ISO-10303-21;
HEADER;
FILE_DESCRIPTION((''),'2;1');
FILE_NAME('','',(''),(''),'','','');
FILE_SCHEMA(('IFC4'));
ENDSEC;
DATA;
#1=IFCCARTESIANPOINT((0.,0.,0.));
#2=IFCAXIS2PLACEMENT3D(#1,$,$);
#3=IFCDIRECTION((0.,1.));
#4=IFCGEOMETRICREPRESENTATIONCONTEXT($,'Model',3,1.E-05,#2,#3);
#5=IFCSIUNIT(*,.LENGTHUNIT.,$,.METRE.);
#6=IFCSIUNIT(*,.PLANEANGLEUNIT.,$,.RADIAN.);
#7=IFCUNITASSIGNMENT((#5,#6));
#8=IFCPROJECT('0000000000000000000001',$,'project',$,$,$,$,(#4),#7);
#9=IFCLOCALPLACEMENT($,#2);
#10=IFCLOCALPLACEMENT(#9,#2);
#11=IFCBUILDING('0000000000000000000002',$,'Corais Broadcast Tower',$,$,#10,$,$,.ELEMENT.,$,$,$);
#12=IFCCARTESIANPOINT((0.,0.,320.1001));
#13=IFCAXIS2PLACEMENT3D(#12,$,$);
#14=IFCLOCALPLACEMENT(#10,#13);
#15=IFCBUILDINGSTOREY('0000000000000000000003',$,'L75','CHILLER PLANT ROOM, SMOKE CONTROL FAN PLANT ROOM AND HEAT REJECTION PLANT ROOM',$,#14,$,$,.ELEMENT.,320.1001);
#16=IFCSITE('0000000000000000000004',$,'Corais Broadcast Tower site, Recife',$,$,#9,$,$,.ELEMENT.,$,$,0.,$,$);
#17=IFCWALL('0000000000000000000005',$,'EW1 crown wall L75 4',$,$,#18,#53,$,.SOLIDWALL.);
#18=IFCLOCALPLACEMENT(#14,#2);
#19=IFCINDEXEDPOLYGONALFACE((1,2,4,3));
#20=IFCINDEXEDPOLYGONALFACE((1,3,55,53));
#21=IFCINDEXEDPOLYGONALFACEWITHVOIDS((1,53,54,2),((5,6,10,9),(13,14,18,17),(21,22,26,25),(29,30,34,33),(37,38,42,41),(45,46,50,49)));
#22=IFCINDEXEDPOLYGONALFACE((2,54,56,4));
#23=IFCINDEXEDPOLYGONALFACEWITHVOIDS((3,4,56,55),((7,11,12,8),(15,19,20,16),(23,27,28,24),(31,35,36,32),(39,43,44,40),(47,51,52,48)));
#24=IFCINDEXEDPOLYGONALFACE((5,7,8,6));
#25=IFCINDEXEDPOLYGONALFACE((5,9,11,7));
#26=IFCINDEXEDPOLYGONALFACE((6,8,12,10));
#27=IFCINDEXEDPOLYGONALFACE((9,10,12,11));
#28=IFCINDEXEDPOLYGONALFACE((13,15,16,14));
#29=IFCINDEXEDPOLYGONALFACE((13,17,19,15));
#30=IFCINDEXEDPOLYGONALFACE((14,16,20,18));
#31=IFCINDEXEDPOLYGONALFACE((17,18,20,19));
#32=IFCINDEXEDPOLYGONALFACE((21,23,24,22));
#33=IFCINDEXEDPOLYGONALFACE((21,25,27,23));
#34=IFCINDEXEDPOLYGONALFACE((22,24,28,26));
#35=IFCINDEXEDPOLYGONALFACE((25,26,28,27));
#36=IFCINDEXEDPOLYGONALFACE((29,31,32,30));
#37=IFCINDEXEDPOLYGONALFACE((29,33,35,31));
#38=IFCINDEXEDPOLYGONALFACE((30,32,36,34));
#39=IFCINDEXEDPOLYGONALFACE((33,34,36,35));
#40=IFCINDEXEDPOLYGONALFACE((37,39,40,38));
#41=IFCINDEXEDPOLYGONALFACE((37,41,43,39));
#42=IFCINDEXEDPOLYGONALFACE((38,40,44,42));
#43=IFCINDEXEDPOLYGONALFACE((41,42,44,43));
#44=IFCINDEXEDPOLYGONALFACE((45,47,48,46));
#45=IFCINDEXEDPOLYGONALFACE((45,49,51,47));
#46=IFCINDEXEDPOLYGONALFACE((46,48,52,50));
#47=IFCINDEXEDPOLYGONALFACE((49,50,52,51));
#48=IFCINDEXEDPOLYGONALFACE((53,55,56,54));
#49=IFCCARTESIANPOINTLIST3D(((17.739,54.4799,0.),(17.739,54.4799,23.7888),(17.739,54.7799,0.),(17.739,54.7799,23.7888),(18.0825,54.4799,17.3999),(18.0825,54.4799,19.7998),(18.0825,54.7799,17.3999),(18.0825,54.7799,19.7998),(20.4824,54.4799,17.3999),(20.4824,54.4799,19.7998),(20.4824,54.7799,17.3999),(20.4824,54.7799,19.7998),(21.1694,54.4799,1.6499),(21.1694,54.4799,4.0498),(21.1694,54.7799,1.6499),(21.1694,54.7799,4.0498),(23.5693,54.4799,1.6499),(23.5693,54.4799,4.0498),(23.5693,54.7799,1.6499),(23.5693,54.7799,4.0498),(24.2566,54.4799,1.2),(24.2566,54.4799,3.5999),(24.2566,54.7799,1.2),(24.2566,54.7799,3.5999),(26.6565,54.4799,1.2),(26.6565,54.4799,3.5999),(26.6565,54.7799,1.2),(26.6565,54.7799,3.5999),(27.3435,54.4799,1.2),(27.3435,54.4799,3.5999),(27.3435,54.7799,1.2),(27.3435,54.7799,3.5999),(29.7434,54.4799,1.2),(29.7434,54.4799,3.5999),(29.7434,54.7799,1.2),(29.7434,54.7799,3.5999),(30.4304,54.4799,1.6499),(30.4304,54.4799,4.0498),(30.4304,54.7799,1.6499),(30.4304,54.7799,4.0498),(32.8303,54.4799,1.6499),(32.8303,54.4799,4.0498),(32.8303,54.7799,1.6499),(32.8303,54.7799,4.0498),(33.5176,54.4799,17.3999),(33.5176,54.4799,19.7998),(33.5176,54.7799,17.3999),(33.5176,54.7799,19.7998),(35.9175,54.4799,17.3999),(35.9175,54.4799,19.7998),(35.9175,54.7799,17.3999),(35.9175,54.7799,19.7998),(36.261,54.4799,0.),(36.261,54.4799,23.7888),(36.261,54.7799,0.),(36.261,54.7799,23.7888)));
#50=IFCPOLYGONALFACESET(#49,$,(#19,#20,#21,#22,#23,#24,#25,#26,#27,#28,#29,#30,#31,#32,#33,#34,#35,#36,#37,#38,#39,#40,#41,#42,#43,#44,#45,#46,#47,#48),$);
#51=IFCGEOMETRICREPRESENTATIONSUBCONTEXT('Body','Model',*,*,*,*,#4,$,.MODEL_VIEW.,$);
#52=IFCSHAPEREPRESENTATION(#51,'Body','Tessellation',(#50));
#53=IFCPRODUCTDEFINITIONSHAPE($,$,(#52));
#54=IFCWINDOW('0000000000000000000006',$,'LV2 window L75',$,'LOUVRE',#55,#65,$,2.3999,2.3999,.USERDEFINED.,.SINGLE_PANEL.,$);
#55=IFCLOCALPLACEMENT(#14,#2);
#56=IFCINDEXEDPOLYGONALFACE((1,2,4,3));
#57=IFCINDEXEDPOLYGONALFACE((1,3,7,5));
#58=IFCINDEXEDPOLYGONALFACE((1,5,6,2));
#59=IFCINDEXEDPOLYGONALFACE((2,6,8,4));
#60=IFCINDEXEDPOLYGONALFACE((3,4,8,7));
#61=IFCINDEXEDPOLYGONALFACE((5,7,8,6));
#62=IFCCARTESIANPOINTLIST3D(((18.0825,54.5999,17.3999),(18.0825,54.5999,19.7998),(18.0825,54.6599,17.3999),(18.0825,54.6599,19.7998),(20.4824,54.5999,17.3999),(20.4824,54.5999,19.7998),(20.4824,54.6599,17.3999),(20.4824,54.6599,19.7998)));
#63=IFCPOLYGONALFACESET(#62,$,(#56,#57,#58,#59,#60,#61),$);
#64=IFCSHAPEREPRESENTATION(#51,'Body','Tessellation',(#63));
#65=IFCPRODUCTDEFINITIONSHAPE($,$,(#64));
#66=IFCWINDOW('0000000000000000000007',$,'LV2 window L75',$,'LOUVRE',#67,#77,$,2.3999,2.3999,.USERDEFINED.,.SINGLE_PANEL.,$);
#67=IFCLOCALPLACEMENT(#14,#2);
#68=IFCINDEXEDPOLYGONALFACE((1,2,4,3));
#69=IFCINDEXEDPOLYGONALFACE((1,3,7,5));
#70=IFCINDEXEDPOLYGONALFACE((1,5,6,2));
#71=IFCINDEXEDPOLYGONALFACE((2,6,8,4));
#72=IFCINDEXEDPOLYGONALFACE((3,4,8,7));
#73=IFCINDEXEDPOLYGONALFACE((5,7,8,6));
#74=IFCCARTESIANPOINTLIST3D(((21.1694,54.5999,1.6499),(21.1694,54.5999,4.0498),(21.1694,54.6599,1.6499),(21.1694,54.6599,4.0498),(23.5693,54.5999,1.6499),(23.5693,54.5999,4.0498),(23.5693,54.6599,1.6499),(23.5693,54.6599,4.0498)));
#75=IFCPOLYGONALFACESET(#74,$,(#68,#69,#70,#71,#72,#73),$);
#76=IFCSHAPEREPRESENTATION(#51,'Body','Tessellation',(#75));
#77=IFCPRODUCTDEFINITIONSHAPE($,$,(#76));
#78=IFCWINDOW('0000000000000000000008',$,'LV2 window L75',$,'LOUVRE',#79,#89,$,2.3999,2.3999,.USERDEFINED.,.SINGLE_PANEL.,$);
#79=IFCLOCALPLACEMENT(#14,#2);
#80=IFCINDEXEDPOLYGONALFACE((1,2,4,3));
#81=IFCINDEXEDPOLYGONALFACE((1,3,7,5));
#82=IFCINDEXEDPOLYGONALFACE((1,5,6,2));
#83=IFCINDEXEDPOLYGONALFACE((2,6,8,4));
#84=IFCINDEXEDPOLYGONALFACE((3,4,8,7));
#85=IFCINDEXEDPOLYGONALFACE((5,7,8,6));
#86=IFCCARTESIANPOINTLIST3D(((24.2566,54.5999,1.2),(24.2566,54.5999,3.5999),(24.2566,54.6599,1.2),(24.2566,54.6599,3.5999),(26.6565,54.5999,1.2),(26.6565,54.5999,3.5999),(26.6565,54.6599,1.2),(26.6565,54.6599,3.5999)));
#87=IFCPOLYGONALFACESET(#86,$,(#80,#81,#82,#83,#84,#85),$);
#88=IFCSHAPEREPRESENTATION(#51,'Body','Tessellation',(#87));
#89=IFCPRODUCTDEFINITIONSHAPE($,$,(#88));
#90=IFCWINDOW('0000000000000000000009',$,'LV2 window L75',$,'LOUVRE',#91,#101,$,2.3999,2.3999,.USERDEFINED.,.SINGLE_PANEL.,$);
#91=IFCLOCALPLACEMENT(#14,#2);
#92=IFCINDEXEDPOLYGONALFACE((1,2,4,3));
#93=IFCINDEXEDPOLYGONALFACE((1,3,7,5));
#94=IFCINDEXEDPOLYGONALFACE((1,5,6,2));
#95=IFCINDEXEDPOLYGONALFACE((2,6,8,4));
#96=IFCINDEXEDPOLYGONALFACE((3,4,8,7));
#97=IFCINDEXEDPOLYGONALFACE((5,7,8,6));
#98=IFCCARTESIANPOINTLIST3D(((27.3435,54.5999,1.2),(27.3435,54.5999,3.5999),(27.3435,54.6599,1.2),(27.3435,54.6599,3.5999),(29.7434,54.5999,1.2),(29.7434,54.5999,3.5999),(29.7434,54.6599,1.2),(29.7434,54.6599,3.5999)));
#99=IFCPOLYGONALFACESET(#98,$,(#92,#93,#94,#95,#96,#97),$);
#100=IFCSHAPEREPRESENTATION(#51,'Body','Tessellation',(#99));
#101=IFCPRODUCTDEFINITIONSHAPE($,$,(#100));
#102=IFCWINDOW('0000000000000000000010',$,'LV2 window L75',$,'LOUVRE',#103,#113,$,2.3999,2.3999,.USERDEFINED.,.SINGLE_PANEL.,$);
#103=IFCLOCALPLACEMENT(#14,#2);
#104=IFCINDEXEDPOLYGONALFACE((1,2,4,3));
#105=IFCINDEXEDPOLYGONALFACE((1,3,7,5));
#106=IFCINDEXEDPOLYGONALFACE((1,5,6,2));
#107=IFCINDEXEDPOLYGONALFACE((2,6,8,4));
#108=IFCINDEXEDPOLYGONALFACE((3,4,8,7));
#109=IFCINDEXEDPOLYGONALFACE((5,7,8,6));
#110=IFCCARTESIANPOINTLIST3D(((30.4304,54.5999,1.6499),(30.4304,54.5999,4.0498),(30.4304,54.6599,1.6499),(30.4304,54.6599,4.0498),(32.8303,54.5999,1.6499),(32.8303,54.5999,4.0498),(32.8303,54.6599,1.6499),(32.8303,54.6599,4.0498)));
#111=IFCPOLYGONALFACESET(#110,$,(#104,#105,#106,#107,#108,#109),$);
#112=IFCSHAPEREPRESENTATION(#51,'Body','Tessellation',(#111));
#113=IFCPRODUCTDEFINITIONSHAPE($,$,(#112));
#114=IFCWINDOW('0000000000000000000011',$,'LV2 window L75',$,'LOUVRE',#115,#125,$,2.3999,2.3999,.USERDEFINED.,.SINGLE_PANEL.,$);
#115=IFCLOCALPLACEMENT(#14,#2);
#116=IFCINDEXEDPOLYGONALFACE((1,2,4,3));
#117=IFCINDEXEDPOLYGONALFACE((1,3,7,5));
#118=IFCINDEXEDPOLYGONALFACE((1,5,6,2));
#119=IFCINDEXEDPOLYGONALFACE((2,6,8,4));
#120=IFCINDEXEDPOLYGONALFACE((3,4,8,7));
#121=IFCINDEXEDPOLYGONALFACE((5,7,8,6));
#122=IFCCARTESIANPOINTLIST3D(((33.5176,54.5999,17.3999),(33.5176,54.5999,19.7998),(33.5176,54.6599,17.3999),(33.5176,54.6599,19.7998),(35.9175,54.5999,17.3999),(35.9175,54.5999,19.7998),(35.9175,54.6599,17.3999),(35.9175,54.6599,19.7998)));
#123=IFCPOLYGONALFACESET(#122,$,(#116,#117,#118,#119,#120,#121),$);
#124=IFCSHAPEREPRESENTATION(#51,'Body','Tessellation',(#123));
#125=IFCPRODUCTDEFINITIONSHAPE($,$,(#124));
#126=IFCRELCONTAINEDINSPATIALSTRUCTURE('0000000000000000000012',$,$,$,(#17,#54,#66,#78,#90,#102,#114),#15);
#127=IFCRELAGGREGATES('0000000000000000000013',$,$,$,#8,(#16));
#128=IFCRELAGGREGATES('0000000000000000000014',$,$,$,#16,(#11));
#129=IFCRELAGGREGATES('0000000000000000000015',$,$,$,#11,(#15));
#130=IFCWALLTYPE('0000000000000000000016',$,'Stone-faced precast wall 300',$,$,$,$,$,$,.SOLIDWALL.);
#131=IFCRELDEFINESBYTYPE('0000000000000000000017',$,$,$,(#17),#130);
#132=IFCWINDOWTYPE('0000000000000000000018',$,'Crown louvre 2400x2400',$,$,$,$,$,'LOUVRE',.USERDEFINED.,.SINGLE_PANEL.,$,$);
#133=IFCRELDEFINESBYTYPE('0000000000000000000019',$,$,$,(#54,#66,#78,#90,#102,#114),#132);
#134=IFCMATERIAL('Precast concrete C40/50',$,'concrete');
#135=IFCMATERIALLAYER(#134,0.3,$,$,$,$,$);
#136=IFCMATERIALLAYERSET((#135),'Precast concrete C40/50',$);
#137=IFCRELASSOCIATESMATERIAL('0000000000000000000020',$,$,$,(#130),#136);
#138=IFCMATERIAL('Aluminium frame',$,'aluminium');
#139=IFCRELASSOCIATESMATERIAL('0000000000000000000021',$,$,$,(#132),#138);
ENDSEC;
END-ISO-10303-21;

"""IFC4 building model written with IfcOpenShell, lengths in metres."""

from ifc_helpers import new_model, si_unit, direction, frame, frame_2d, origin, place, context, subcontext, project, spatial, rectangle, extrude, material, layer, layer_set, type_object, element, fill, save


model = new_model("IFC4")

# Units and contexts
model_context = context("Model", 3, precision=1e-05, world=origin(), true_north=direction((0.0, 1.0)))
body_context = subcontext(model_context, "Body", "Model", "MODEL_VIEW")
ifc_project = project(units=[si_unit("LENGTHUNIT", "METRE"), si_unit("PLANEANGLEUNIT", "RADIAN")], contexts=[model_context])

# Site, building, storey
site_placement = place(None, origin())
site = spatial("IfcSite", under=ifc_project, at=site_placement, Name="Corais Broadcast Tower site, Recife", CompositionType="ELEMENT", RefElevation=0.0)
building_placement = place(site_placement, origin())
building = spatial("IfcBuilding", under=site, at=building_placement, Name="Corais Broadcast Tower", CompositionType="ELEMENT")
storey_placement = place(building_placement, frame((0.0, 0.0, 320.1001)))
storey = spatial("IfcBuildingStorey", under=building, at=storey_placement, Name="L75", Description="CHILLER PLANT ROOM, SMOKE CONTROL FAN PLANT ROOM AND HEAT REJECTION PLANT ROOM", CompositionType="ELEMENT", Elevation=320.1001)

# Wall, openings, windows
ifc_material_1 = material(Name="Precast concrete C40/50", Category="concrete")
ifc_layer_1 = layer(ifc_material_1, 0.3)
ifc_layer_set_1 = layer_set([ifc_layer_1], Name="Precast concrete C40/50")
wall_type_1 = type_object("IfcWallType", Name="Stone-faced precast wall 300", PredefinedType="SOLIDWALL", material=ifc_layer_set_1)
wall_1_placement = place(storey_placement, frame((17.739, 54.6299, 0.0), z_axis=(0.0, 0.0, 1.0), x_axis=(1.0, 0.0, 0.0)))
wall_1 = element("IfcWall", 1, at=wall_1_placement, inside=storey, type_object=wall_type_1, Name="EW1 crown wall L75 4", PredefinedType="SOLIDWALL", context=body_context, shape_type="SweptSolid", body=[
    extrude(rectangle(XDim=18.522, YDim=0.3, at=frame_2d((9.261, 0.0))), origin(), (0.0, 0.0, 1.0), 23.7888),
])
opening_1_placement = place(wall_1_placement, frame((0.3435, 0.0, 17.3999)))
opening_1 = element("IfcOpeningElement", 2, at=opening_1_placement, cuts=wall_1, PredefinedType="OPENING", context=body_context, shape_type="SweptSolid", body=[
    extrude(rectangle(XDim=2.3999, YDim=2.3999, at=frame_2d((1.2, 1.2))), frame((0.0, 0.1599, 0.0), z_axis=(0.0, -1.0, 0.0), x_axis=(1.0, 0.0, 0.0)), (0.0, 0.0, 1.0), 0.3201),
])
opening_2_placement = place(wall_1_placement, frame((3.4304, 0.0, 1.6499)))
opening_2 = element("IfcOpeningElement", 3, at=opening_2_placement, cuts=wall_1, PredefinedType="OPENING", context=body_context, shape_type="SweptSolid", body=[
    extrude(rectangle(XDim=2.3999, YDim=2.3999, at=frame_2d((1.2, 1.2))), frame((0.0, 0.1599, 0.0), z_axis=(0.0, -1.0, 0.0), x_axis=(1.0, 0.0, 0.0)), (0.0, 0.0, 1.0), 0.3201),
])
opening_3_placement = place(wall_1_placement, frame((6.5176, 0.0, 1.2)))
opening_3 = element("IfcOpeningElement", 4, at=opening_3_placement, cuts=wall_1, PredefinedType="OPENING", context=body_context, shape_type="SweptSolid", body=[
    extrude(rectangle(XDim=2.3999, YDim=2.3999, at=frame_2d((1.2, 1.2))), frame((0.0, 0.1599, 0.0), z_axis=(0.0, -1.0, 0.0), x_axis=(1.0, 0.0, 0.0)), (0.0, 0.0, 1.0), 0.3201),
])
opening_4_placement = place(wall_1_placement, frame((9.6045, 0.0, 1.2)))
opening_4 = element("IfcOpeningElement", 5, at=opening_4_placement, cuts=wall_1, PredefinedType="OPENING", context=body_context, shape_type="SweptSolid", body=[
    extrude(rectangle(XDim=2.3999, YDim=2.3999, at=frame_2d((1.2, 1.2))), frame((0.0, 0.1599, 0.0), z_axis=(0.0, -1.0, 0.0), x_axis=(1.0, 0.0, 0.0)), (0.0, 0.0, 1.0), 0.3201),
])
opening_5_placement = place(wall_1_placement, frame((12.6914, 0.0, 1.6499)))
opening_5 = element("IfcOpeningElement", 6, at=opening_5_placement, cuts=wall_1, PredefinedType="OPENING", context=body_context, shape_type="SweptSolid", body=[
    extrude(rectangle(XDim=2.3999, YDim=2.3999, at=frame_2d((1.2, 1.2))), frame((0.0, 0.1599, 0.0), z_axis=(0.0, -1.0, 0.0), x_axis=(1.0, 0.0, 0.0)), (0.0, 0.0, 1.0), 0.3201),
])
opening_6_placement = place(wall_1_placement, frame((15.7786, 0.0, 17.3999)))
opening_6 = element("IfcOpeningElement", 7, at=opening_6_placement, cuts=wall_1, PredefinedType="OPENING", context=body_context, shape_type="SweptSolid", body=[
    extrude(rectangle(XDim=2.3999, YDim=2.3999, at=frame_2d((1.2, 1.2))), frame((0.0, 0.1599, 0.0), z_axis=(0.0, -1.0, 0.0), x_axis=(1.0, 0.0, 0.0)), (0.0, 0.0, 1.0), 0.3201),
])
ifc_material_2 = material(Name="Aluminium frame", Category="aluminium")
window_type = type_object("IfcWindowType", Name="Crown louvre 2400x2400", ElementType="LOUVRE", PartitioningType="SINGLE_PANEL", PredefinedType="USERDEFINED", material=ifc_material_2)
window_1_placement = place(opening_1_placement, origin())
window_1 = element("IfcWindow", 8, at=window_1_placement, inside=storey, type_object=window_type, Name="LV2 window L75", ObjectType="LOUVRE", OverallHeight=2.3999, OverallWidth=2.3999, PartitioningType="SINGLE_PANEL", PredefinedType="USERDEFINED", context=body_context, shape_type="SweptSolid", body=[
    extrude(rectangle(XDim=2.3999, YDim=2.3999, at=frame_2d((1.2, 1.2))), frame((0.0, 0.03, 0.0), z_axis=(0.0, -1.0, 0.0), x_axis=(1.0, 0.0, 0.0)), (0.0, 0.0, 1.0), 0.0601),
])
fill(opening_1, window_1)
window_2_placement = place(opening_2_placement, origin())
window_2 = element("IfcWindow", 9, at=window_2_placement, inside=storey, type_object=window_type, Name="LV2 window L75", ObjectType="LOUVRE", OverallHeight=2.3999, OverallWidth=2.3999, PartitioningType="SINGLE_PANEL", PredefinedType="USERDEFINED", context=body_context, shape_type="SweptSolid", body=[
    extrude(rectangle(XDim=2.3999, YDim=2.3999, at=frame_2d((1.2, 1.2))), frame((0.0, 0.03, 0.0), z_axis=(0.0, -1.0, 0.0), x_axis=(1.0, 0.0, 0.0)), (0.0, 0.0, 1.0), 0.0601),
])
fill(opening_2, window_2)
window_3_placement = place(opening_3_placement, origin())
window_3 = element("IfcWindow", 10, at=window_3_placement, inside=storey, type_object=window_type, Name="LV2 window L75", ObjectType="LOUVRE", OverallHeight=2.3999, OverallWidth=2.3999, PartitioningType="SINGLE_PANEL", PredefinedType="USERDEFINED", context=body_context, shape_type="SweptSolid", body=[
    extrude(rectangle(XDim=2.3999, YDim=2.3999, at=frame_2d((1.2, 1.2))), frame((0.0, 0.03, 0.0), z_axis=(0.0, -1.0, 0.0), x_axis=(1.0, 0.0, 0.0)), (0.0, 0.0, 1.0), 0.0601),
])
fill(opening_3, window_3)
window_4_placement = place(opening_4_placement, origin())
window_4 = element("IfcWindow", 11, at=window_4_placement, inside=storey, type_object=window_type, Name="LV2 window L75", ObjectType="LOUVRE", OverallHeight=2.3999, OverallWidth=2.3999, PartitioningType="SINGLE_PANEL", PredefinedType="USERDEFINED", context=body_context, shape_type="SweptSolid", body=[
    extrude(rectangle(XDim=2.3999, YDim=2.3999, at=frame_2d((1.2, 1.2))), frame((0.0, 0.03, 0.0), z_axis=(0.0, -1.0, 0.0), x_axis=(1.0, 0.0, 0.0)), (0.0, 0.0, 1.0), 0.0601),
])
fill(opening_4, window_4)
window_5_placement = place(opening_5_placement, origin())
window_5 = element("IfcWindow", 12, at=window_5_placement, inside=storey, type_object=window_type, Name="LV2 window L75", ObjectType="LOUVRE", OverallHeight=2.3999, OverallWidth=2.3999, PartitioningType="SINGLE_PANEL", PredefinedType="USERDEFINED", context=body_context, shape_type="SweptSolid", body=[
    extrude(rectangle(XDim=2.3999, YDim=2.3999, at=frame_2d((1.2, 1.2))), frame((0.0, 0.03, 0.0), z_axis=(0.0, -1.0, 0.0), x_axis=(1.0, 0.0, 0.0)), (0.0, 0.0, 1.0), 0.0601),
])
fill(opening_5, window_5)
window_6_placement = place(opening_6_placement, origin())
window_6 = element("IfcWindow", 13, at=window_6_placement, inside=storey, type_object=window_type, Name="LV2 window L75", ObjectType="LOUVRE", OverallHeight=2.3999, OverallWidth=2.3999, PartitioningType="SINGLE_PANEL", PredefinedType="USERDEFINED", context=body_context, shape_type="SweptSolid", body=[
    extrude(rectangle(XDim=2.3999, YDim=2.3999, at=frame_2d((1.2, 1.2))), frame((0.0, 0.03, 0.0), z_axis=(0.0, -1.0, 0.0), x_axis=(1.0, 0.0, 0.0)), (0.0, 0.0, 1.0), 0.0601),
])
fill(opening_6, window_6)

save(model, "model.ifc")
